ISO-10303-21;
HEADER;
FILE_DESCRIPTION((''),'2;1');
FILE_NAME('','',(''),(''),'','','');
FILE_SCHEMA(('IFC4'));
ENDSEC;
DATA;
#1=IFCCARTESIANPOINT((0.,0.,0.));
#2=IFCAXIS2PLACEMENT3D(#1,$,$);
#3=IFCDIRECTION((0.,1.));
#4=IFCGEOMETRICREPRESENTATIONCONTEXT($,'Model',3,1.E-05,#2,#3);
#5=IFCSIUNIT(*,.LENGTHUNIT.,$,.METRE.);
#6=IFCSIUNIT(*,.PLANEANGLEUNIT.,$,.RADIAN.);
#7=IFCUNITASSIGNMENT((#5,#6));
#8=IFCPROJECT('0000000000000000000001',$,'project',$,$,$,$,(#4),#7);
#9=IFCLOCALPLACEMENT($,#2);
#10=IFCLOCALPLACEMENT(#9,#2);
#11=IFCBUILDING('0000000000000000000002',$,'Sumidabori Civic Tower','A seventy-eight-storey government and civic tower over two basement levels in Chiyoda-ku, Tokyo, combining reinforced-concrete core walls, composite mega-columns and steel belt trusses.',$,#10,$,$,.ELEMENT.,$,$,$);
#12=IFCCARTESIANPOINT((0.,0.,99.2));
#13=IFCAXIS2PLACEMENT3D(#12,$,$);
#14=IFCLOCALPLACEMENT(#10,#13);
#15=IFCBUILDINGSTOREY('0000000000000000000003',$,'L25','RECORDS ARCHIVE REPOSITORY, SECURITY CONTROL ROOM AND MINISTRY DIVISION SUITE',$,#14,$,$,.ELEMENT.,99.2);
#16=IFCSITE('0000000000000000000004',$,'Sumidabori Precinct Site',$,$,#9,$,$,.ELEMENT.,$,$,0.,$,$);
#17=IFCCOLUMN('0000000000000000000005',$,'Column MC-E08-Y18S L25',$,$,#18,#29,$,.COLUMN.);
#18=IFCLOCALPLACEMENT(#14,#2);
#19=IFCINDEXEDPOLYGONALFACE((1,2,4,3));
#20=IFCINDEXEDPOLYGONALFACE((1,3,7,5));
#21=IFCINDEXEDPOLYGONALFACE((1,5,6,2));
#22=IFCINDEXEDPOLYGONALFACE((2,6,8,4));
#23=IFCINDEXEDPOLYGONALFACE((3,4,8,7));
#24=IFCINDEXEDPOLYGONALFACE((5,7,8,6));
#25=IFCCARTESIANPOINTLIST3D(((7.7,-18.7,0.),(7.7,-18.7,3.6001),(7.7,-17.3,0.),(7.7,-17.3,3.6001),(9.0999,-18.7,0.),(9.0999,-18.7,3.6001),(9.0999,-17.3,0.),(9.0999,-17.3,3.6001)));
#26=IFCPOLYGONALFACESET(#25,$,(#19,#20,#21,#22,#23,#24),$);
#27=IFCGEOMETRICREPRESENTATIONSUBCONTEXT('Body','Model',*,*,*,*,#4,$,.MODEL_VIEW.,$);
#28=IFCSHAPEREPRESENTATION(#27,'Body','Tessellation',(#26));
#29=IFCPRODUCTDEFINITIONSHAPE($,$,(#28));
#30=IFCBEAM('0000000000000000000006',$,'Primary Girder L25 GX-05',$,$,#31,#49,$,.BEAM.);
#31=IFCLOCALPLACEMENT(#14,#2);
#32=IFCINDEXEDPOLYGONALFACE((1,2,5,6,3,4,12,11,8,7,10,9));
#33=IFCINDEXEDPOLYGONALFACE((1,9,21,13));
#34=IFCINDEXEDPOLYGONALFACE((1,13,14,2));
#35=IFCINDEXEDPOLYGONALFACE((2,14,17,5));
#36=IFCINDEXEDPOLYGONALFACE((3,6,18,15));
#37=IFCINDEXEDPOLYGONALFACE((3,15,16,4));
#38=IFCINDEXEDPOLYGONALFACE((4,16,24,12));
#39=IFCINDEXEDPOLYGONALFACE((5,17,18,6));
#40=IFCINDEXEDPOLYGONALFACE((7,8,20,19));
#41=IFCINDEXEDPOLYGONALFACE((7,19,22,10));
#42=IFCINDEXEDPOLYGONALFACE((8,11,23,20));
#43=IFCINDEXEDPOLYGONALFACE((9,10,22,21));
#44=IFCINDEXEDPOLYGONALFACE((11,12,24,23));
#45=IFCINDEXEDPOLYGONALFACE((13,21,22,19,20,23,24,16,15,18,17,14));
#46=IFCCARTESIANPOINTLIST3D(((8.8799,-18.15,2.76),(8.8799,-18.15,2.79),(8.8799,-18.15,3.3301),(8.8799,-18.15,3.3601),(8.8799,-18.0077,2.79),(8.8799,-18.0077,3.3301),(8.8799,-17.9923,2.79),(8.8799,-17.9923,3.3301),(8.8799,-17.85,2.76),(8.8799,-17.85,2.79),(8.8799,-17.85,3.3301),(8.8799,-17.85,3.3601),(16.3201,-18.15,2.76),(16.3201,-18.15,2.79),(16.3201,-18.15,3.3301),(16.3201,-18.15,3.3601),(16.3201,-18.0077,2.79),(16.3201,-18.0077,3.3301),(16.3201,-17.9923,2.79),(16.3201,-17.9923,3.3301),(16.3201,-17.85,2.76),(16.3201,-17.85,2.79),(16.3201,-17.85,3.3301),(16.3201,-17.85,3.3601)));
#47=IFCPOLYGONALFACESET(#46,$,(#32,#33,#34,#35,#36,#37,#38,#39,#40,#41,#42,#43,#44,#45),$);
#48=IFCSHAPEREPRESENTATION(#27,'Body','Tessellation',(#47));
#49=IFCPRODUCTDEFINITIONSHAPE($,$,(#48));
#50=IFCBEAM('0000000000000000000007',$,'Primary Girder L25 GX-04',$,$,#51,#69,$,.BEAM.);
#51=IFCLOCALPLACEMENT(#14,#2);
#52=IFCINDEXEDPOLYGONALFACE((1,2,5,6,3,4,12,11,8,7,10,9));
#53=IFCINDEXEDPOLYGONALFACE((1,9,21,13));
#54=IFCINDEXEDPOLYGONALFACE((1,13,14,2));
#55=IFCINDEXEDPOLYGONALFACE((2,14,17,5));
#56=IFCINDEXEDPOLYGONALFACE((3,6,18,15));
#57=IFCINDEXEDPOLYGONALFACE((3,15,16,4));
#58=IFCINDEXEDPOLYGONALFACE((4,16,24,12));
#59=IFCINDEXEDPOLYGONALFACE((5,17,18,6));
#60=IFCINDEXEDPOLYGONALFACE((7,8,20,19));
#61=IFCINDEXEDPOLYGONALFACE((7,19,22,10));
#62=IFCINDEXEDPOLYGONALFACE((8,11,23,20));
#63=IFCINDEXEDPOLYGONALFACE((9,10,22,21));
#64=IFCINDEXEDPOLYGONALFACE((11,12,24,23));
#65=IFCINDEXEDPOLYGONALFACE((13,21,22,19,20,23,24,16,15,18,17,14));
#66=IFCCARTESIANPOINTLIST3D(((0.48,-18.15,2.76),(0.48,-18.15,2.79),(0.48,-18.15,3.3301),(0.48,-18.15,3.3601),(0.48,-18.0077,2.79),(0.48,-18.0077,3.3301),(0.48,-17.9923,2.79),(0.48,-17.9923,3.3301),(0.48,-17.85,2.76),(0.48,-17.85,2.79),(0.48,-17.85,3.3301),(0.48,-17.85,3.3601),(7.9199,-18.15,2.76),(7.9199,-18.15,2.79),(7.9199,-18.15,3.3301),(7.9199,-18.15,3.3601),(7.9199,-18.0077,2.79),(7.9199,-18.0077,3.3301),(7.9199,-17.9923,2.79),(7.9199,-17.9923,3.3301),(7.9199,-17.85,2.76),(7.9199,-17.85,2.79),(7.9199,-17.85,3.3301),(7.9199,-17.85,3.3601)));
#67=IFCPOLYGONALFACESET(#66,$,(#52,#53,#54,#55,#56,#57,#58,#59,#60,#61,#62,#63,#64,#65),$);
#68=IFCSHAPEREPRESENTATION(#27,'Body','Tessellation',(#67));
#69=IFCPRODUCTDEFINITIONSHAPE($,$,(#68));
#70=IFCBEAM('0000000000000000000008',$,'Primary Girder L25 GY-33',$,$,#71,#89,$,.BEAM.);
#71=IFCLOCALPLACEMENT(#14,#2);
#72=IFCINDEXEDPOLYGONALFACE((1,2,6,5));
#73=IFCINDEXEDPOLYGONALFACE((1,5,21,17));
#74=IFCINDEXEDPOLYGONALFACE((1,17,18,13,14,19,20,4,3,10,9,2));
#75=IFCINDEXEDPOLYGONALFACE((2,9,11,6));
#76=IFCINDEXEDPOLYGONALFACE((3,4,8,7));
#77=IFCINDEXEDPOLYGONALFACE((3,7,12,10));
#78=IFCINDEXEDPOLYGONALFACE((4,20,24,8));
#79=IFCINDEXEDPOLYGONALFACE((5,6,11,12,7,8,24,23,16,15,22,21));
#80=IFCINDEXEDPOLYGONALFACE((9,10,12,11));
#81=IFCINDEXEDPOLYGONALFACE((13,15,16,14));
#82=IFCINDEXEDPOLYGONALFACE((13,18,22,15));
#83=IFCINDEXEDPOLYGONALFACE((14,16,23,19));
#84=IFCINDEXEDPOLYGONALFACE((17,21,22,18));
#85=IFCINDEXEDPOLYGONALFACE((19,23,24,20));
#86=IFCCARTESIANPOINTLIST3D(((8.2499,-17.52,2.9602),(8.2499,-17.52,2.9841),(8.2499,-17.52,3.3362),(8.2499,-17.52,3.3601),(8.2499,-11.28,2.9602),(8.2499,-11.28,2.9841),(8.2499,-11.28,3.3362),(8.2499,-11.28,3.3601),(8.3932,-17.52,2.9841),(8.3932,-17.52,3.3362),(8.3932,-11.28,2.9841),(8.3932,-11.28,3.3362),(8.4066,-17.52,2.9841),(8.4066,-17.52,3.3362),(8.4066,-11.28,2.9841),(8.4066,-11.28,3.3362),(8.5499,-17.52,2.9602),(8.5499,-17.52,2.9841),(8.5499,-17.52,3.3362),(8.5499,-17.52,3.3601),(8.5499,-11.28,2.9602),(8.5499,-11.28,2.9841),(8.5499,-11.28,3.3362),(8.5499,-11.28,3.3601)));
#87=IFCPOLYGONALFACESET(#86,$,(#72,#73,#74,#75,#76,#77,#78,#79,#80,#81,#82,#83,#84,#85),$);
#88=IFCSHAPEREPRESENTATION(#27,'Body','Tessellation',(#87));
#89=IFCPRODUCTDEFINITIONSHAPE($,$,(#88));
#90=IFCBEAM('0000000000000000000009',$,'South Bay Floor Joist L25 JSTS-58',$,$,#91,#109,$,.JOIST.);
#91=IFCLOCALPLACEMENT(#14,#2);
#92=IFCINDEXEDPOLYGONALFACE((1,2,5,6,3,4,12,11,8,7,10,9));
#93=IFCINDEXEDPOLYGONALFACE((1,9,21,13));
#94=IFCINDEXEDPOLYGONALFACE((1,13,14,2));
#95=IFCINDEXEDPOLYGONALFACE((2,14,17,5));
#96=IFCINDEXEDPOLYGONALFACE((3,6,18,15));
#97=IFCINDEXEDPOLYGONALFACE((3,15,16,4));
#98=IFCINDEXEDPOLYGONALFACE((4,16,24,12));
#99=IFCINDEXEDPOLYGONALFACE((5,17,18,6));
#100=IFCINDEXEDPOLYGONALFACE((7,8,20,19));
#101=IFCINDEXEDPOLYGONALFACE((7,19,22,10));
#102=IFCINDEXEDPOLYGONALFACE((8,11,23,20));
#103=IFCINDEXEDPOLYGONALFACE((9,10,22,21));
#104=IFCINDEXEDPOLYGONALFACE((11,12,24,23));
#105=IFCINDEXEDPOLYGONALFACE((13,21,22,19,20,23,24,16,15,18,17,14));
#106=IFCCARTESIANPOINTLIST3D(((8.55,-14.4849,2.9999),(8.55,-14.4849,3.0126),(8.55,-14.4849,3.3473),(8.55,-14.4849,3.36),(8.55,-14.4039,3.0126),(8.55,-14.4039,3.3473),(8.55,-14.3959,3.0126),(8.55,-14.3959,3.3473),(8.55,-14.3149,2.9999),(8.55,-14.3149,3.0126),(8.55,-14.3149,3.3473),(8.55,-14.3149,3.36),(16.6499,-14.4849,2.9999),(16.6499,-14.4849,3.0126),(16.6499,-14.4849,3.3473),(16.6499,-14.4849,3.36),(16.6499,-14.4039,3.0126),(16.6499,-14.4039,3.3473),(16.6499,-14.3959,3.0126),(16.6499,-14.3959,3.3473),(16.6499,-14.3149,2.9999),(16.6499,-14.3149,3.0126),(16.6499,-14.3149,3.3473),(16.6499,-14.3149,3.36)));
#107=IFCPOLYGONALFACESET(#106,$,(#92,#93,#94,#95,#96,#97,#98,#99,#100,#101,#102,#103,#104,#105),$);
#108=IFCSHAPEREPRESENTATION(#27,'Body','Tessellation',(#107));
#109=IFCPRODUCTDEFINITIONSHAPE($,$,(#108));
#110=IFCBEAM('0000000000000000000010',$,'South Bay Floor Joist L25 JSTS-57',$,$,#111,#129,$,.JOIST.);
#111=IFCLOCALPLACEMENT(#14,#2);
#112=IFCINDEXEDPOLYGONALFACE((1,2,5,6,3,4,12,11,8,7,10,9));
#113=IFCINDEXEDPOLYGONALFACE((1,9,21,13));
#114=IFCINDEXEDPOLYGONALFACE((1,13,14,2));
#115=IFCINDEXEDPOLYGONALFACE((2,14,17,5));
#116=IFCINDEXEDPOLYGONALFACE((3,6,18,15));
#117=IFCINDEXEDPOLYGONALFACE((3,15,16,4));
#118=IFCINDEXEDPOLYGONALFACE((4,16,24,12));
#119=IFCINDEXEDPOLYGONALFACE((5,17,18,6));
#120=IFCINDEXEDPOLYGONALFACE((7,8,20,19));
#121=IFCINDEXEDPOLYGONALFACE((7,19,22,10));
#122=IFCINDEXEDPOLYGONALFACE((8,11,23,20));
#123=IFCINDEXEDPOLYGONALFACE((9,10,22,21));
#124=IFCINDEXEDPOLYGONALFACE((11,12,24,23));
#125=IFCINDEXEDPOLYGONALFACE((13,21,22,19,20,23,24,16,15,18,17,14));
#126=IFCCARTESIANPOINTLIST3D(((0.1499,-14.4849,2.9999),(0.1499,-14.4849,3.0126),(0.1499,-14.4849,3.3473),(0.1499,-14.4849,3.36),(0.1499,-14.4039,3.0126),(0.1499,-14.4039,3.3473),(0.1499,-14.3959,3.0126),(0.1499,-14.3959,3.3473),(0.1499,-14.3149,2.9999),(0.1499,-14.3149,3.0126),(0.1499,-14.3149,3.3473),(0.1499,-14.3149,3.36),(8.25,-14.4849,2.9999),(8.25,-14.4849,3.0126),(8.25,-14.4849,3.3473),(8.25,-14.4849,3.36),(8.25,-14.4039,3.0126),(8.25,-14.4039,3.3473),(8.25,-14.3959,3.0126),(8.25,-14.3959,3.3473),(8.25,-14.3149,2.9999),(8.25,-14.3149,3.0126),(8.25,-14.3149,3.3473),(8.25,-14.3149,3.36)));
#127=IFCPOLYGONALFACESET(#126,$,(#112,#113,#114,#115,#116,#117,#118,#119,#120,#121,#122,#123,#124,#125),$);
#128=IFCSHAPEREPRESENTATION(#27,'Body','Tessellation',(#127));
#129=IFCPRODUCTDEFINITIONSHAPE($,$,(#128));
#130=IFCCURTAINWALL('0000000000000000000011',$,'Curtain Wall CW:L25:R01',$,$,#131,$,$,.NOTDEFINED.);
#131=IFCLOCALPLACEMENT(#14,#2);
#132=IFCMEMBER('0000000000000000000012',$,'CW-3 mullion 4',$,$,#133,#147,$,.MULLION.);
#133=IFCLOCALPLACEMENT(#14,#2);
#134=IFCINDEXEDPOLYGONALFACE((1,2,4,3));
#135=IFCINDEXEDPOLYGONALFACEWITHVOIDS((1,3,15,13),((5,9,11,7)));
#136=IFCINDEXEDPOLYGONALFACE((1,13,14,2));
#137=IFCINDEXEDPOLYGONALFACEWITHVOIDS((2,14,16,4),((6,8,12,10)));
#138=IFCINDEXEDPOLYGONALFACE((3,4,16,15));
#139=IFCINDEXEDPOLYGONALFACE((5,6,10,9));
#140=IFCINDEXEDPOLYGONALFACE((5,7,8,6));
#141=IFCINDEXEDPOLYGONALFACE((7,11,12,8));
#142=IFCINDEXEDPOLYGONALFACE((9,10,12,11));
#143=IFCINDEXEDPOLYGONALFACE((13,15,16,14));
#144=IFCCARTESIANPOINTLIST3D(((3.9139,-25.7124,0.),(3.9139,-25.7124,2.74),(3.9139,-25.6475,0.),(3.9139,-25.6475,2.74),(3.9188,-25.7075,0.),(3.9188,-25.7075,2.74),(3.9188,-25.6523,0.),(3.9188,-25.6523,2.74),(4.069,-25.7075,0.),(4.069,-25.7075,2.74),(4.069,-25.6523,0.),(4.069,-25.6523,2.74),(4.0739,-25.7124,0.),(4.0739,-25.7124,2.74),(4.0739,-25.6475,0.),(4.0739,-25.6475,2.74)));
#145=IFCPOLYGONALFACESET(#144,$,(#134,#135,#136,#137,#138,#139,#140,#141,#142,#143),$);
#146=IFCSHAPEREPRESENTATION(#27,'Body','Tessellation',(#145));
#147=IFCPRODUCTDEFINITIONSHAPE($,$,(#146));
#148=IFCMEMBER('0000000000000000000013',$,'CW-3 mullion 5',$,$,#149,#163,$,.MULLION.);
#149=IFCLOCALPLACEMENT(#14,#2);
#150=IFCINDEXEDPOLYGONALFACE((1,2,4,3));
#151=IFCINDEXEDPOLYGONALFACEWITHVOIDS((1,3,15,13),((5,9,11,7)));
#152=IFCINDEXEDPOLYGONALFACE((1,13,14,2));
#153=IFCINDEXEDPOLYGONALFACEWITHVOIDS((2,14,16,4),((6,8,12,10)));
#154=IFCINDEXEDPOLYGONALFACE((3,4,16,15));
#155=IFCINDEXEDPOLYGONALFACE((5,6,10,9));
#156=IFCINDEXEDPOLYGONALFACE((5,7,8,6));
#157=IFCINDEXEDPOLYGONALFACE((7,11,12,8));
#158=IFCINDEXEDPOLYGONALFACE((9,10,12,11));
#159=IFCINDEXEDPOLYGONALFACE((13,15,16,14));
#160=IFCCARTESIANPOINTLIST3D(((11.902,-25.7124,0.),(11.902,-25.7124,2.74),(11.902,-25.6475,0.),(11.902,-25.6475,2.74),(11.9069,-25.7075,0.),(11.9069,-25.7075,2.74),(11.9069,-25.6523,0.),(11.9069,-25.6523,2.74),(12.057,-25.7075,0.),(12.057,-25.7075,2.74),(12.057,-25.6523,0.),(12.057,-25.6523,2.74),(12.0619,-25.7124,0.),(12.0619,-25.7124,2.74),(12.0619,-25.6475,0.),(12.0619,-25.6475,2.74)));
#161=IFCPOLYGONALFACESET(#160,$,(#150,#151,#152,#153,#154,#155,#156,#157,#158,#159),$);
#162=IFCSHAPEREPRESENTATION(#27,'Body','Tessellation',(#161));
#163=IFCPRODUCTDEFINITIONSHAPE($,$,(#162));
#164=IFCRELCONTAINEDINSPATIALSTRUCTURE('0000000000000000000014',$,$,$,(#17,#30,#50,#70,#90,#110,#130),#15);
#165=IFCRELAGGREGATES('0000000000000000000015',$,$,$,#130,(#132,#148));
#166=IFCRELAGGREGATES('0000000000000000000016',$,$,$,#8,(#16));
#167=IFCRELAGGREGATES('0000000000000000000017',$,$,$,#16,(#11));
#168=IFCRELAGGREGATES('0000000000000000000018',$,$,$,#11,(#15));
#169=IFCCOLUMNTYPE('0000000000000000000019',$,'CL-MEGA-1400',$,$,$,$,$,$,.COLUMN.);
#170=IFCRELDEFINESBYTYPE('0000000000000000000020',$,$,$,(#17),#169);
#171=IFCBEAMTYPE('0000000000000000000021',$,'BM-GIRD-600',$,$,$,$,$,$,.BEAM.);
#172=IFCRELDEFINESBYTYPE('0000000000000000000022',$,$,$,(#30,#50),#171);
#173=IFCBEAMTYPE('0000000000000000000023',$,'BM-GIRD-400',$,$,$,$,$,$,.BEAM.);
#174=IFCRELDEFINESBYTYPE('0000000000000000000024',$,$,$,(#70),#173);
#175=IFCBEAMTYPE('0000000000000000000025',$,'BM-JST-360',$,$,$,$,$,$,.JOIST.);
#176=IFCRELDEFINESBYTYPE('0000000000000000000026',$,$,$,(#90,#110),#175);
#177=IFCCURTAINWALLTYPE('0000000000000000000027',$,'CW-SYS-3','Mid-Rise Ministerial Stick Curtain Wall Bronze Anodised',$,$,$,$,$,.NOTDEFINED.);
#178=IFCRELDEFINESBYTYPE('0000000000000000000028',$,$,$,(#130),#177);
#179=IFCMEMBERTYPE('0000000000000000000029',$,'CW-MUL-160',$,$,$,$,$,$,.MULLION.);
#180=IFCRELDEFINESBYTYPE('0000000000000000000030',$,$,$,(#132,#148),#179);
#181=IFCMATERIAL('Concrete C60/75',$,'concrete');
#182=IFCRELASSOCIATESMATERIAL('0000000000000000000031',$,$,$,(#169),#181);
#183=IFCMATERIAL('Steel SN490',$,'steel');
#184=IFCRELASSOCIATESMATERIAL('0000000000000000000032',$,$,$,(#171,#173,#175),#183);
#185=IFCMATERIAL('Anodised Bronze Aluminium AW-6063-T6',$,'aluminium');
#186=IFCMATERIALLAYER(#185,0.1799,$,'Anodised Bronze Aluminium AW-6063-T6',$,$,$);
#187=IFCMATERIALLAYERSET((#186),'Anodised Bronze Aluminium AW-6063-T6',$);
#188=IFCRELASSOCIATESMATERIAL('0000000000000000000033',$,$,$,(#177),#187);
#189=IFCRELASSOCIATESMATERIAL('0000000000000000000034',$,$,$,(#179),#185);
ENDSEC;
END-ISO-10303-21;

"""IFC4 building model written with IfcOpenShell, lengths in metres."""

from ifc_helpers import new_model, si_unit, direction, frame, origin, origin_2d, place, context, subcontext, project, spatial, rectangle, hollow_rectangle, i_section, extrude, source, transform, mapped, material, layer, layer_set, material_profile, profile_set, type_object, element, aggregate, save


model = new_model("IFC4")

# Units and contexts
model_context = context("Model", 3, precision=1e-05, world=origin(), true_north=direction((0.0, 1.0)))
body_context = subcontext(model_context, "Body", "Model", "MODEL_VIEW")
ifc_project = project(units=[si_unit("LENGTHUNIT", "METRE"), si_unit("PLANEANGLEUNIT", "RADIAN")], contexts=[model_context])

# Site, building, storey
site_placement = place(None, origin())
site = spatial("IfcSite", under=ifc_project, at=site_placement, Name="Sumidabori Precinct Site", CompositionType="ELEMENT", RefElevation=0.0)
building_placement = place(site_placement, origin())
building = spatial("IfcBuilding", under=site, at=building_placement, Name="Sumidabori Civic Tower", Description="A seventy-eight-storey government and civic tower over two basement levels in Chiyoda-ku, Tokyo, combining reinforced-concrete core walls, composite mega-columns and steel belt trusses.", CompositionType="ELEMENT")
storey_placement = place(building_placement, frame((0.0, 0.0, 99.2)))
storey = spatial("IfcBuildingStorey", under=building, at=storey_placement, Name="L25", Description="RECORDS ARCHIVE REPOSITORY, SECURITY CONTROL ROOM AND MINISTRY DIVISION SUITE", CompositionType="ELEMENT", Elevation=99.2)

# Column
ifc_material_1 = material(Name="Concrete C60/75", Category="concrete")
ifc_material_profile_1 = material_profile(ifc_material_1, rectangle(XDim=1.3999, YDim=1.3999, at=origin_2d()), Name="RC 1400x1400")
ifc_profile_set_1 = profile_set([ifc_material_profile_1], Name="Concrete C60/75")
column_type = type_object("IfcColumnType", Name="CL-MEGA-1400", PredefinedType="COLUMN", material=ifc_profile_set_1)
shared_shape_1 = source(origin(), body_context, "Body", "SweptSolid", [
    extrude(rectangle(XDim=1.3999, YDim=1.3999, at=origin_2d()), origin(), (0.0, 0.0, 1.0), 3.6001),
])
column_placement = place(storey_placement, frame((8.3999, -18.0, 0.0), z_axis=(0.0, 0.0, 1.0), x_axis=(1.0, 0.0, 0.0)))
element("IfcColumn", 1, at=column_placement, inside=storey, type_object=column_type, Name="Column MC-E08-Y18S L25", PredefinedType="COLUMN", context=body_context, shape_type="MappedRepresentation", body=[
    mapped(shared_shape_1, transform((0.0, 0.0, 0.0), x_axis=(1.0, 0.0, 0.0), y_axis=(0.0, 1.0, 0.0), z_axis=(0.0, 0.0, 1.0), scale=1.0)),
])

# Beams
ifc_material_2 = material(Name="Steel SN490", Category="steel")
ifc_material_profile_2 = material_profile(ifc_material_2, i_section(OverallWidth=0.3, OverallDepth=0.6001, WebThickness=0.0154, FlangeThickness=0.03, at=origin_2d()), Name="HE 600 B")
ifc_profile_set_2 = profile_set([ifc_material_profile_2], Name="Steel SN490")
beam_type_1 = type_object("IfcBeamType", Name="BM-GIRD-600", PredefinedType="BEAM", material=ifc_profile_set_2)
shared_shape_2 = source(origin(), body_context, "Body", "SweptSolid", [
    extrude(i_section(OverallWidth=0.3, OverallDepth=0.6001, WebThickness=0.0154, FlangeThickness=0.03, at=origin_2d()), origin(), (0.0, 0.0, 1.0), 7.4402),
])
beam_1_placement = place(storey_placement, frame((8.8799, -18.0, 3.0601), z_axis=(1.0, 0.0, 0.0), x_axis=(0.0, 1.0, 0.0)))
element("IfcBeam", 2, at=beam_1_placement, inside=storey, type_object=beam_type_1, Name="Primary Girder L25 GX-05", PredefinedType="BEAM", context=body_context, shape_type="MappedRepresentation", body=[
    mapped(shared_shape_2, transform((0.0, 0.0, 0.0), x_axis=(1.0, 0.0, 0.0), y_axis=(0.0, 1.0, 0.0), z_axis=(0.0, 0.0, 1.0), scale=1.0)),
])
shared_shape_3 = source(origin(), body_context, "Body", "SweptSolid", [
    extrude(i_section(OverallWidth=0.3, OverallDepth=0.6001, WebThickness=0.0154, FlangeThickness=0.03, at=origin_2d()), origin(), (0.0, 0.0, 1.0), 7.4399),
])
beam_2_placement = place(storey_placement, frame((0.48, -18.0, 3.0601), z_axis=(1.0, 0.0, 0.0), x_axis=(0.0, 1.0, 0.0)))
element("IfcBeam", 3, at=beam_2_placement, inside=storey, type_object=beam_type_1, Name="Primary Girder L25 GX-04", PredefinedType="BEAM", context=body_context, shape_type="MappedRepresentation", body=[
    mapped(shared_shape_3, transform((0.0, 0.0, 0.0), x_axis=(1.0, 0.0, 0.0), y_axis=(0.0, 1.0, 0.0), z_axis=(0.0, 0.0, 1.0), scale=1.0)),
])
ifc_material_profile_3 = material_profile(ifc_material_2, i_section(OverallWidth=0.3, OverallDepth=0.3999, WebThickness=0.0134, FlangeThickness=0.0239, at=origin_2d()), Name="HE 400 B")
ifc_profile_set_3 = profile_set([ifc_material_profile_3], Name="Steel SN490")
beam_type_2 = type_object("IfcBeamType", Name="BM-GIRD-400", PredefinedType="BEAM", material=ifc_profile_set_3)
shared_shape_4 = source(origin(), body_context, "Body", "SweptSolid", [
    extrude(i_section(OverallWidth=0.3, OverallDepth=0.3999, WebThickness=0.0134, FlangeThickness=0.0239, at=origin_2d()), origin(), (0.0, 0.0, 1.0), 6.24),
])
beam_3_placement = place(storey_placement, frame((8.3999, -17.52, 3.1602), z_axis=(0.0, 1.0, 0.0), x_axis=(-1.0, 0.0, 0.0)))
element("IfcBeam", 4, at=beam_3_placement, inside=storey, type_object=beam_type_2, Name="Primary Girder L25 GY-33", PredefinedType="BEAM", context=body_context, shape_type="MappedRepresentation", body=[
    mapped(shared_shape_4, transform((0.0, 0.0, 0.0), x_axis=(1.0, 0.0, 0.0), y_axis=(0.0, 1.0, 0.0), z_axis=(0.0, 0.0, 1.0), scale=1.0)),
])
ifc_material_profile_4 = material_profile(ifc_material_2, i_section(OverallWidth=0.1699, OverallDepth=0.3601, WebThickness=0.0081, FlangeThickness=0.0127, at=origin_2d()), Name="IPE 360")
ifc_profile_set_4 = profile_set([ifc_material_profile_4], Name="Steel SN490")
beam_type_3 = type_object("IfcBeamType", Name="BM-JST-360", PredefinedType="JOIST", material=ifc_profile_set_4)
shared_shape_5 = source(origin(), body_context, "Body", "SweptSolid", [
    extrude(i_section(OverallWidth=0.1699, OverallDepth=0.3601, WebThickness=0.0081, FlangeThickness=0.0127, at=origin_2d()), origin(), (0.0, 0.0, 1.0), 8.0999),
])
beam_4_placement = place(storey_placement, frame((8.55, -14.3999, 3.1799), z_axis=(1.0, 0.0, 0.0), x_axis=(0.0, 1.0, 0.0)))
element("IfcBeam", 5, at=beam_4_placement, inside=storey, type_object=beam_type_3, Name="South Bay Floor Joist L25 JSTS-58", PredefinedType="JOIST", context=body_context, shape_type="MappedRepresentation", body=[
    mapped(shared_shape_5, transform((0.0, 0.0, 0.0), x_axis=(1.0, 0.0, 0.0), y_axis=(0.0, 1.0, 0.0), z_axis=(0.0, 0.0, 1.0), scale=1.0)),
])
shared_shape_6 = source(origin(), body_context, "Body", "SweptSolid", [
    extrude(i_section(OverallWidth=0.1699, OverallDepth=0.3601, WebThickness=0.0081, FlangeThickness=0.0127, at=origin_2d()), origin(), (0.0, 0.0, 1.0), 8.1001),
])
beam_5_placement = place(storey_placement, frame((0.1499, -14.3999, 3.1799), z_axis=(1.0, 0.0, 0.0), x_axis=(0.0, 1.0, 0.0)))
element("IfcBeam", 6, at=beam_5_placement, inside=storey, type_object=beam_type_3, Name="South Bay Floor Joist L25 JSTS-57", PredefinedType="JOIST", context=body_context, shape_type="MappedRepresentation", body=[
    mapped(shared_shape_6, transform((0.0, 0.0, 0.0), x_axis=(1.0, 0.0, 0.0), y_axis=(0.0, 1.0, 0.0), z_axis=(0.0, 0.0, 1.0), scale=1.0)),
])

# Curtain wall, members
ifc_material_3 = material(Name="Anodised Bronze Aluminium AW-6063-T6", Category="aluminium")
ifc_layer_1 = layer(ifc_material_3, 0.1799, Name="Anodised Bronze Aluminium AW-6063-T6")
ifc_layer_set_1 = layer_set([ifc_layer_1], Name="Anodised Bronze Aluminium AW-6063-T6")
curtain_wall_type = type_object("IfcCurtainWallType", Name="CW-SYS-3", Description="Mid-Rise Ministerial Stick Curtain Wall Bronze Anodised", PredefinedType="NOTDEFINED", material=ifc_layer_set_1)
curtain_wall_placement = place(storey_placement, origin())
curtain_wall = element("IfcCurtainWall", 7, at=curtain_wall_placement, inside=storey, type_object=curtain_wall_type, Name="Curtain Wall CW:L25:R01", PredefinedType="NOTDEFINED")
ifc_material_profile_5 = material_profile(ifc_material_3, hollow_rectangle(XDim=0.0649, YDim=0.1599, WallThickness=0.0049, at=origin_2d()), Name="ALU MULLION 160x65")
ifc_profile_set_5 = profile_set([ifc_material_profile_5], Name="Anodised Bronze Aluminium AW-6063-T6")
member_type_1 = type_object("IfcMemberType", Name="CW-MUL-160", PredefinedType="MULLION", material=ifc_profile_set_5)
shared_shape_7 = source(origin(), body_context, "Body", "SweptSolid", [
    extrude(hollow_rectangle(XDim=0.0649, YDim=0.1599, WallThickness=0.0049, at=origin_2d()), origin(), (0.0, 0.0, 1.0), 2.74),
])
member_1_placement = place(storey_placement, frame((3.9939, -25.6799, 0.0), z_axis=(0.0, 0.0, 1.0), x_axis=(0.0, 1.0, 0.0)))
member_1 = element("IfcMember", 8, at=member_1_placement, type_object=member_type_1, Name="CW-3 mullion 4", PredefinedType="MULLION", context=body_context, shape_type="MappedRepresentation", body=[
    mapped(shared_shape_7, transform((0.0, 0.0, 0.0), x_axis=(1.0, 0.0, 0.0), y_axis=(0.0, 1.0, 0.0), z_axis=(0.0, 0.0, 1.0), scale=1.0)),
])
member_2_placement = place(storey_placement, frame((11.9819, -25.6799, 0.0), z_axis=(0.0, 0.0, 1.0), x_axis=(0.0, 1.0, 0.0)))
member_2 = element("IfcMember", 9, at=member_2_placement, type_object=member_type_1, Name="CW-3 mullion 5", PredefinedType="MULLION", context=body_context, shape_type="MappedRepresentation", body=[
    mapped(shared_shape_7, transform((0.0, 0.0, 0.0), x_axis=(1.0, 0.0, 0.0), y_axis=(0.0, 1.0, 0.0), z_axis=(0.0, 0.0, 1.0), scale=1.0)),
])
aggregate(curtain_wall, [member_1, member_2])

save(model, "model.ifc")
